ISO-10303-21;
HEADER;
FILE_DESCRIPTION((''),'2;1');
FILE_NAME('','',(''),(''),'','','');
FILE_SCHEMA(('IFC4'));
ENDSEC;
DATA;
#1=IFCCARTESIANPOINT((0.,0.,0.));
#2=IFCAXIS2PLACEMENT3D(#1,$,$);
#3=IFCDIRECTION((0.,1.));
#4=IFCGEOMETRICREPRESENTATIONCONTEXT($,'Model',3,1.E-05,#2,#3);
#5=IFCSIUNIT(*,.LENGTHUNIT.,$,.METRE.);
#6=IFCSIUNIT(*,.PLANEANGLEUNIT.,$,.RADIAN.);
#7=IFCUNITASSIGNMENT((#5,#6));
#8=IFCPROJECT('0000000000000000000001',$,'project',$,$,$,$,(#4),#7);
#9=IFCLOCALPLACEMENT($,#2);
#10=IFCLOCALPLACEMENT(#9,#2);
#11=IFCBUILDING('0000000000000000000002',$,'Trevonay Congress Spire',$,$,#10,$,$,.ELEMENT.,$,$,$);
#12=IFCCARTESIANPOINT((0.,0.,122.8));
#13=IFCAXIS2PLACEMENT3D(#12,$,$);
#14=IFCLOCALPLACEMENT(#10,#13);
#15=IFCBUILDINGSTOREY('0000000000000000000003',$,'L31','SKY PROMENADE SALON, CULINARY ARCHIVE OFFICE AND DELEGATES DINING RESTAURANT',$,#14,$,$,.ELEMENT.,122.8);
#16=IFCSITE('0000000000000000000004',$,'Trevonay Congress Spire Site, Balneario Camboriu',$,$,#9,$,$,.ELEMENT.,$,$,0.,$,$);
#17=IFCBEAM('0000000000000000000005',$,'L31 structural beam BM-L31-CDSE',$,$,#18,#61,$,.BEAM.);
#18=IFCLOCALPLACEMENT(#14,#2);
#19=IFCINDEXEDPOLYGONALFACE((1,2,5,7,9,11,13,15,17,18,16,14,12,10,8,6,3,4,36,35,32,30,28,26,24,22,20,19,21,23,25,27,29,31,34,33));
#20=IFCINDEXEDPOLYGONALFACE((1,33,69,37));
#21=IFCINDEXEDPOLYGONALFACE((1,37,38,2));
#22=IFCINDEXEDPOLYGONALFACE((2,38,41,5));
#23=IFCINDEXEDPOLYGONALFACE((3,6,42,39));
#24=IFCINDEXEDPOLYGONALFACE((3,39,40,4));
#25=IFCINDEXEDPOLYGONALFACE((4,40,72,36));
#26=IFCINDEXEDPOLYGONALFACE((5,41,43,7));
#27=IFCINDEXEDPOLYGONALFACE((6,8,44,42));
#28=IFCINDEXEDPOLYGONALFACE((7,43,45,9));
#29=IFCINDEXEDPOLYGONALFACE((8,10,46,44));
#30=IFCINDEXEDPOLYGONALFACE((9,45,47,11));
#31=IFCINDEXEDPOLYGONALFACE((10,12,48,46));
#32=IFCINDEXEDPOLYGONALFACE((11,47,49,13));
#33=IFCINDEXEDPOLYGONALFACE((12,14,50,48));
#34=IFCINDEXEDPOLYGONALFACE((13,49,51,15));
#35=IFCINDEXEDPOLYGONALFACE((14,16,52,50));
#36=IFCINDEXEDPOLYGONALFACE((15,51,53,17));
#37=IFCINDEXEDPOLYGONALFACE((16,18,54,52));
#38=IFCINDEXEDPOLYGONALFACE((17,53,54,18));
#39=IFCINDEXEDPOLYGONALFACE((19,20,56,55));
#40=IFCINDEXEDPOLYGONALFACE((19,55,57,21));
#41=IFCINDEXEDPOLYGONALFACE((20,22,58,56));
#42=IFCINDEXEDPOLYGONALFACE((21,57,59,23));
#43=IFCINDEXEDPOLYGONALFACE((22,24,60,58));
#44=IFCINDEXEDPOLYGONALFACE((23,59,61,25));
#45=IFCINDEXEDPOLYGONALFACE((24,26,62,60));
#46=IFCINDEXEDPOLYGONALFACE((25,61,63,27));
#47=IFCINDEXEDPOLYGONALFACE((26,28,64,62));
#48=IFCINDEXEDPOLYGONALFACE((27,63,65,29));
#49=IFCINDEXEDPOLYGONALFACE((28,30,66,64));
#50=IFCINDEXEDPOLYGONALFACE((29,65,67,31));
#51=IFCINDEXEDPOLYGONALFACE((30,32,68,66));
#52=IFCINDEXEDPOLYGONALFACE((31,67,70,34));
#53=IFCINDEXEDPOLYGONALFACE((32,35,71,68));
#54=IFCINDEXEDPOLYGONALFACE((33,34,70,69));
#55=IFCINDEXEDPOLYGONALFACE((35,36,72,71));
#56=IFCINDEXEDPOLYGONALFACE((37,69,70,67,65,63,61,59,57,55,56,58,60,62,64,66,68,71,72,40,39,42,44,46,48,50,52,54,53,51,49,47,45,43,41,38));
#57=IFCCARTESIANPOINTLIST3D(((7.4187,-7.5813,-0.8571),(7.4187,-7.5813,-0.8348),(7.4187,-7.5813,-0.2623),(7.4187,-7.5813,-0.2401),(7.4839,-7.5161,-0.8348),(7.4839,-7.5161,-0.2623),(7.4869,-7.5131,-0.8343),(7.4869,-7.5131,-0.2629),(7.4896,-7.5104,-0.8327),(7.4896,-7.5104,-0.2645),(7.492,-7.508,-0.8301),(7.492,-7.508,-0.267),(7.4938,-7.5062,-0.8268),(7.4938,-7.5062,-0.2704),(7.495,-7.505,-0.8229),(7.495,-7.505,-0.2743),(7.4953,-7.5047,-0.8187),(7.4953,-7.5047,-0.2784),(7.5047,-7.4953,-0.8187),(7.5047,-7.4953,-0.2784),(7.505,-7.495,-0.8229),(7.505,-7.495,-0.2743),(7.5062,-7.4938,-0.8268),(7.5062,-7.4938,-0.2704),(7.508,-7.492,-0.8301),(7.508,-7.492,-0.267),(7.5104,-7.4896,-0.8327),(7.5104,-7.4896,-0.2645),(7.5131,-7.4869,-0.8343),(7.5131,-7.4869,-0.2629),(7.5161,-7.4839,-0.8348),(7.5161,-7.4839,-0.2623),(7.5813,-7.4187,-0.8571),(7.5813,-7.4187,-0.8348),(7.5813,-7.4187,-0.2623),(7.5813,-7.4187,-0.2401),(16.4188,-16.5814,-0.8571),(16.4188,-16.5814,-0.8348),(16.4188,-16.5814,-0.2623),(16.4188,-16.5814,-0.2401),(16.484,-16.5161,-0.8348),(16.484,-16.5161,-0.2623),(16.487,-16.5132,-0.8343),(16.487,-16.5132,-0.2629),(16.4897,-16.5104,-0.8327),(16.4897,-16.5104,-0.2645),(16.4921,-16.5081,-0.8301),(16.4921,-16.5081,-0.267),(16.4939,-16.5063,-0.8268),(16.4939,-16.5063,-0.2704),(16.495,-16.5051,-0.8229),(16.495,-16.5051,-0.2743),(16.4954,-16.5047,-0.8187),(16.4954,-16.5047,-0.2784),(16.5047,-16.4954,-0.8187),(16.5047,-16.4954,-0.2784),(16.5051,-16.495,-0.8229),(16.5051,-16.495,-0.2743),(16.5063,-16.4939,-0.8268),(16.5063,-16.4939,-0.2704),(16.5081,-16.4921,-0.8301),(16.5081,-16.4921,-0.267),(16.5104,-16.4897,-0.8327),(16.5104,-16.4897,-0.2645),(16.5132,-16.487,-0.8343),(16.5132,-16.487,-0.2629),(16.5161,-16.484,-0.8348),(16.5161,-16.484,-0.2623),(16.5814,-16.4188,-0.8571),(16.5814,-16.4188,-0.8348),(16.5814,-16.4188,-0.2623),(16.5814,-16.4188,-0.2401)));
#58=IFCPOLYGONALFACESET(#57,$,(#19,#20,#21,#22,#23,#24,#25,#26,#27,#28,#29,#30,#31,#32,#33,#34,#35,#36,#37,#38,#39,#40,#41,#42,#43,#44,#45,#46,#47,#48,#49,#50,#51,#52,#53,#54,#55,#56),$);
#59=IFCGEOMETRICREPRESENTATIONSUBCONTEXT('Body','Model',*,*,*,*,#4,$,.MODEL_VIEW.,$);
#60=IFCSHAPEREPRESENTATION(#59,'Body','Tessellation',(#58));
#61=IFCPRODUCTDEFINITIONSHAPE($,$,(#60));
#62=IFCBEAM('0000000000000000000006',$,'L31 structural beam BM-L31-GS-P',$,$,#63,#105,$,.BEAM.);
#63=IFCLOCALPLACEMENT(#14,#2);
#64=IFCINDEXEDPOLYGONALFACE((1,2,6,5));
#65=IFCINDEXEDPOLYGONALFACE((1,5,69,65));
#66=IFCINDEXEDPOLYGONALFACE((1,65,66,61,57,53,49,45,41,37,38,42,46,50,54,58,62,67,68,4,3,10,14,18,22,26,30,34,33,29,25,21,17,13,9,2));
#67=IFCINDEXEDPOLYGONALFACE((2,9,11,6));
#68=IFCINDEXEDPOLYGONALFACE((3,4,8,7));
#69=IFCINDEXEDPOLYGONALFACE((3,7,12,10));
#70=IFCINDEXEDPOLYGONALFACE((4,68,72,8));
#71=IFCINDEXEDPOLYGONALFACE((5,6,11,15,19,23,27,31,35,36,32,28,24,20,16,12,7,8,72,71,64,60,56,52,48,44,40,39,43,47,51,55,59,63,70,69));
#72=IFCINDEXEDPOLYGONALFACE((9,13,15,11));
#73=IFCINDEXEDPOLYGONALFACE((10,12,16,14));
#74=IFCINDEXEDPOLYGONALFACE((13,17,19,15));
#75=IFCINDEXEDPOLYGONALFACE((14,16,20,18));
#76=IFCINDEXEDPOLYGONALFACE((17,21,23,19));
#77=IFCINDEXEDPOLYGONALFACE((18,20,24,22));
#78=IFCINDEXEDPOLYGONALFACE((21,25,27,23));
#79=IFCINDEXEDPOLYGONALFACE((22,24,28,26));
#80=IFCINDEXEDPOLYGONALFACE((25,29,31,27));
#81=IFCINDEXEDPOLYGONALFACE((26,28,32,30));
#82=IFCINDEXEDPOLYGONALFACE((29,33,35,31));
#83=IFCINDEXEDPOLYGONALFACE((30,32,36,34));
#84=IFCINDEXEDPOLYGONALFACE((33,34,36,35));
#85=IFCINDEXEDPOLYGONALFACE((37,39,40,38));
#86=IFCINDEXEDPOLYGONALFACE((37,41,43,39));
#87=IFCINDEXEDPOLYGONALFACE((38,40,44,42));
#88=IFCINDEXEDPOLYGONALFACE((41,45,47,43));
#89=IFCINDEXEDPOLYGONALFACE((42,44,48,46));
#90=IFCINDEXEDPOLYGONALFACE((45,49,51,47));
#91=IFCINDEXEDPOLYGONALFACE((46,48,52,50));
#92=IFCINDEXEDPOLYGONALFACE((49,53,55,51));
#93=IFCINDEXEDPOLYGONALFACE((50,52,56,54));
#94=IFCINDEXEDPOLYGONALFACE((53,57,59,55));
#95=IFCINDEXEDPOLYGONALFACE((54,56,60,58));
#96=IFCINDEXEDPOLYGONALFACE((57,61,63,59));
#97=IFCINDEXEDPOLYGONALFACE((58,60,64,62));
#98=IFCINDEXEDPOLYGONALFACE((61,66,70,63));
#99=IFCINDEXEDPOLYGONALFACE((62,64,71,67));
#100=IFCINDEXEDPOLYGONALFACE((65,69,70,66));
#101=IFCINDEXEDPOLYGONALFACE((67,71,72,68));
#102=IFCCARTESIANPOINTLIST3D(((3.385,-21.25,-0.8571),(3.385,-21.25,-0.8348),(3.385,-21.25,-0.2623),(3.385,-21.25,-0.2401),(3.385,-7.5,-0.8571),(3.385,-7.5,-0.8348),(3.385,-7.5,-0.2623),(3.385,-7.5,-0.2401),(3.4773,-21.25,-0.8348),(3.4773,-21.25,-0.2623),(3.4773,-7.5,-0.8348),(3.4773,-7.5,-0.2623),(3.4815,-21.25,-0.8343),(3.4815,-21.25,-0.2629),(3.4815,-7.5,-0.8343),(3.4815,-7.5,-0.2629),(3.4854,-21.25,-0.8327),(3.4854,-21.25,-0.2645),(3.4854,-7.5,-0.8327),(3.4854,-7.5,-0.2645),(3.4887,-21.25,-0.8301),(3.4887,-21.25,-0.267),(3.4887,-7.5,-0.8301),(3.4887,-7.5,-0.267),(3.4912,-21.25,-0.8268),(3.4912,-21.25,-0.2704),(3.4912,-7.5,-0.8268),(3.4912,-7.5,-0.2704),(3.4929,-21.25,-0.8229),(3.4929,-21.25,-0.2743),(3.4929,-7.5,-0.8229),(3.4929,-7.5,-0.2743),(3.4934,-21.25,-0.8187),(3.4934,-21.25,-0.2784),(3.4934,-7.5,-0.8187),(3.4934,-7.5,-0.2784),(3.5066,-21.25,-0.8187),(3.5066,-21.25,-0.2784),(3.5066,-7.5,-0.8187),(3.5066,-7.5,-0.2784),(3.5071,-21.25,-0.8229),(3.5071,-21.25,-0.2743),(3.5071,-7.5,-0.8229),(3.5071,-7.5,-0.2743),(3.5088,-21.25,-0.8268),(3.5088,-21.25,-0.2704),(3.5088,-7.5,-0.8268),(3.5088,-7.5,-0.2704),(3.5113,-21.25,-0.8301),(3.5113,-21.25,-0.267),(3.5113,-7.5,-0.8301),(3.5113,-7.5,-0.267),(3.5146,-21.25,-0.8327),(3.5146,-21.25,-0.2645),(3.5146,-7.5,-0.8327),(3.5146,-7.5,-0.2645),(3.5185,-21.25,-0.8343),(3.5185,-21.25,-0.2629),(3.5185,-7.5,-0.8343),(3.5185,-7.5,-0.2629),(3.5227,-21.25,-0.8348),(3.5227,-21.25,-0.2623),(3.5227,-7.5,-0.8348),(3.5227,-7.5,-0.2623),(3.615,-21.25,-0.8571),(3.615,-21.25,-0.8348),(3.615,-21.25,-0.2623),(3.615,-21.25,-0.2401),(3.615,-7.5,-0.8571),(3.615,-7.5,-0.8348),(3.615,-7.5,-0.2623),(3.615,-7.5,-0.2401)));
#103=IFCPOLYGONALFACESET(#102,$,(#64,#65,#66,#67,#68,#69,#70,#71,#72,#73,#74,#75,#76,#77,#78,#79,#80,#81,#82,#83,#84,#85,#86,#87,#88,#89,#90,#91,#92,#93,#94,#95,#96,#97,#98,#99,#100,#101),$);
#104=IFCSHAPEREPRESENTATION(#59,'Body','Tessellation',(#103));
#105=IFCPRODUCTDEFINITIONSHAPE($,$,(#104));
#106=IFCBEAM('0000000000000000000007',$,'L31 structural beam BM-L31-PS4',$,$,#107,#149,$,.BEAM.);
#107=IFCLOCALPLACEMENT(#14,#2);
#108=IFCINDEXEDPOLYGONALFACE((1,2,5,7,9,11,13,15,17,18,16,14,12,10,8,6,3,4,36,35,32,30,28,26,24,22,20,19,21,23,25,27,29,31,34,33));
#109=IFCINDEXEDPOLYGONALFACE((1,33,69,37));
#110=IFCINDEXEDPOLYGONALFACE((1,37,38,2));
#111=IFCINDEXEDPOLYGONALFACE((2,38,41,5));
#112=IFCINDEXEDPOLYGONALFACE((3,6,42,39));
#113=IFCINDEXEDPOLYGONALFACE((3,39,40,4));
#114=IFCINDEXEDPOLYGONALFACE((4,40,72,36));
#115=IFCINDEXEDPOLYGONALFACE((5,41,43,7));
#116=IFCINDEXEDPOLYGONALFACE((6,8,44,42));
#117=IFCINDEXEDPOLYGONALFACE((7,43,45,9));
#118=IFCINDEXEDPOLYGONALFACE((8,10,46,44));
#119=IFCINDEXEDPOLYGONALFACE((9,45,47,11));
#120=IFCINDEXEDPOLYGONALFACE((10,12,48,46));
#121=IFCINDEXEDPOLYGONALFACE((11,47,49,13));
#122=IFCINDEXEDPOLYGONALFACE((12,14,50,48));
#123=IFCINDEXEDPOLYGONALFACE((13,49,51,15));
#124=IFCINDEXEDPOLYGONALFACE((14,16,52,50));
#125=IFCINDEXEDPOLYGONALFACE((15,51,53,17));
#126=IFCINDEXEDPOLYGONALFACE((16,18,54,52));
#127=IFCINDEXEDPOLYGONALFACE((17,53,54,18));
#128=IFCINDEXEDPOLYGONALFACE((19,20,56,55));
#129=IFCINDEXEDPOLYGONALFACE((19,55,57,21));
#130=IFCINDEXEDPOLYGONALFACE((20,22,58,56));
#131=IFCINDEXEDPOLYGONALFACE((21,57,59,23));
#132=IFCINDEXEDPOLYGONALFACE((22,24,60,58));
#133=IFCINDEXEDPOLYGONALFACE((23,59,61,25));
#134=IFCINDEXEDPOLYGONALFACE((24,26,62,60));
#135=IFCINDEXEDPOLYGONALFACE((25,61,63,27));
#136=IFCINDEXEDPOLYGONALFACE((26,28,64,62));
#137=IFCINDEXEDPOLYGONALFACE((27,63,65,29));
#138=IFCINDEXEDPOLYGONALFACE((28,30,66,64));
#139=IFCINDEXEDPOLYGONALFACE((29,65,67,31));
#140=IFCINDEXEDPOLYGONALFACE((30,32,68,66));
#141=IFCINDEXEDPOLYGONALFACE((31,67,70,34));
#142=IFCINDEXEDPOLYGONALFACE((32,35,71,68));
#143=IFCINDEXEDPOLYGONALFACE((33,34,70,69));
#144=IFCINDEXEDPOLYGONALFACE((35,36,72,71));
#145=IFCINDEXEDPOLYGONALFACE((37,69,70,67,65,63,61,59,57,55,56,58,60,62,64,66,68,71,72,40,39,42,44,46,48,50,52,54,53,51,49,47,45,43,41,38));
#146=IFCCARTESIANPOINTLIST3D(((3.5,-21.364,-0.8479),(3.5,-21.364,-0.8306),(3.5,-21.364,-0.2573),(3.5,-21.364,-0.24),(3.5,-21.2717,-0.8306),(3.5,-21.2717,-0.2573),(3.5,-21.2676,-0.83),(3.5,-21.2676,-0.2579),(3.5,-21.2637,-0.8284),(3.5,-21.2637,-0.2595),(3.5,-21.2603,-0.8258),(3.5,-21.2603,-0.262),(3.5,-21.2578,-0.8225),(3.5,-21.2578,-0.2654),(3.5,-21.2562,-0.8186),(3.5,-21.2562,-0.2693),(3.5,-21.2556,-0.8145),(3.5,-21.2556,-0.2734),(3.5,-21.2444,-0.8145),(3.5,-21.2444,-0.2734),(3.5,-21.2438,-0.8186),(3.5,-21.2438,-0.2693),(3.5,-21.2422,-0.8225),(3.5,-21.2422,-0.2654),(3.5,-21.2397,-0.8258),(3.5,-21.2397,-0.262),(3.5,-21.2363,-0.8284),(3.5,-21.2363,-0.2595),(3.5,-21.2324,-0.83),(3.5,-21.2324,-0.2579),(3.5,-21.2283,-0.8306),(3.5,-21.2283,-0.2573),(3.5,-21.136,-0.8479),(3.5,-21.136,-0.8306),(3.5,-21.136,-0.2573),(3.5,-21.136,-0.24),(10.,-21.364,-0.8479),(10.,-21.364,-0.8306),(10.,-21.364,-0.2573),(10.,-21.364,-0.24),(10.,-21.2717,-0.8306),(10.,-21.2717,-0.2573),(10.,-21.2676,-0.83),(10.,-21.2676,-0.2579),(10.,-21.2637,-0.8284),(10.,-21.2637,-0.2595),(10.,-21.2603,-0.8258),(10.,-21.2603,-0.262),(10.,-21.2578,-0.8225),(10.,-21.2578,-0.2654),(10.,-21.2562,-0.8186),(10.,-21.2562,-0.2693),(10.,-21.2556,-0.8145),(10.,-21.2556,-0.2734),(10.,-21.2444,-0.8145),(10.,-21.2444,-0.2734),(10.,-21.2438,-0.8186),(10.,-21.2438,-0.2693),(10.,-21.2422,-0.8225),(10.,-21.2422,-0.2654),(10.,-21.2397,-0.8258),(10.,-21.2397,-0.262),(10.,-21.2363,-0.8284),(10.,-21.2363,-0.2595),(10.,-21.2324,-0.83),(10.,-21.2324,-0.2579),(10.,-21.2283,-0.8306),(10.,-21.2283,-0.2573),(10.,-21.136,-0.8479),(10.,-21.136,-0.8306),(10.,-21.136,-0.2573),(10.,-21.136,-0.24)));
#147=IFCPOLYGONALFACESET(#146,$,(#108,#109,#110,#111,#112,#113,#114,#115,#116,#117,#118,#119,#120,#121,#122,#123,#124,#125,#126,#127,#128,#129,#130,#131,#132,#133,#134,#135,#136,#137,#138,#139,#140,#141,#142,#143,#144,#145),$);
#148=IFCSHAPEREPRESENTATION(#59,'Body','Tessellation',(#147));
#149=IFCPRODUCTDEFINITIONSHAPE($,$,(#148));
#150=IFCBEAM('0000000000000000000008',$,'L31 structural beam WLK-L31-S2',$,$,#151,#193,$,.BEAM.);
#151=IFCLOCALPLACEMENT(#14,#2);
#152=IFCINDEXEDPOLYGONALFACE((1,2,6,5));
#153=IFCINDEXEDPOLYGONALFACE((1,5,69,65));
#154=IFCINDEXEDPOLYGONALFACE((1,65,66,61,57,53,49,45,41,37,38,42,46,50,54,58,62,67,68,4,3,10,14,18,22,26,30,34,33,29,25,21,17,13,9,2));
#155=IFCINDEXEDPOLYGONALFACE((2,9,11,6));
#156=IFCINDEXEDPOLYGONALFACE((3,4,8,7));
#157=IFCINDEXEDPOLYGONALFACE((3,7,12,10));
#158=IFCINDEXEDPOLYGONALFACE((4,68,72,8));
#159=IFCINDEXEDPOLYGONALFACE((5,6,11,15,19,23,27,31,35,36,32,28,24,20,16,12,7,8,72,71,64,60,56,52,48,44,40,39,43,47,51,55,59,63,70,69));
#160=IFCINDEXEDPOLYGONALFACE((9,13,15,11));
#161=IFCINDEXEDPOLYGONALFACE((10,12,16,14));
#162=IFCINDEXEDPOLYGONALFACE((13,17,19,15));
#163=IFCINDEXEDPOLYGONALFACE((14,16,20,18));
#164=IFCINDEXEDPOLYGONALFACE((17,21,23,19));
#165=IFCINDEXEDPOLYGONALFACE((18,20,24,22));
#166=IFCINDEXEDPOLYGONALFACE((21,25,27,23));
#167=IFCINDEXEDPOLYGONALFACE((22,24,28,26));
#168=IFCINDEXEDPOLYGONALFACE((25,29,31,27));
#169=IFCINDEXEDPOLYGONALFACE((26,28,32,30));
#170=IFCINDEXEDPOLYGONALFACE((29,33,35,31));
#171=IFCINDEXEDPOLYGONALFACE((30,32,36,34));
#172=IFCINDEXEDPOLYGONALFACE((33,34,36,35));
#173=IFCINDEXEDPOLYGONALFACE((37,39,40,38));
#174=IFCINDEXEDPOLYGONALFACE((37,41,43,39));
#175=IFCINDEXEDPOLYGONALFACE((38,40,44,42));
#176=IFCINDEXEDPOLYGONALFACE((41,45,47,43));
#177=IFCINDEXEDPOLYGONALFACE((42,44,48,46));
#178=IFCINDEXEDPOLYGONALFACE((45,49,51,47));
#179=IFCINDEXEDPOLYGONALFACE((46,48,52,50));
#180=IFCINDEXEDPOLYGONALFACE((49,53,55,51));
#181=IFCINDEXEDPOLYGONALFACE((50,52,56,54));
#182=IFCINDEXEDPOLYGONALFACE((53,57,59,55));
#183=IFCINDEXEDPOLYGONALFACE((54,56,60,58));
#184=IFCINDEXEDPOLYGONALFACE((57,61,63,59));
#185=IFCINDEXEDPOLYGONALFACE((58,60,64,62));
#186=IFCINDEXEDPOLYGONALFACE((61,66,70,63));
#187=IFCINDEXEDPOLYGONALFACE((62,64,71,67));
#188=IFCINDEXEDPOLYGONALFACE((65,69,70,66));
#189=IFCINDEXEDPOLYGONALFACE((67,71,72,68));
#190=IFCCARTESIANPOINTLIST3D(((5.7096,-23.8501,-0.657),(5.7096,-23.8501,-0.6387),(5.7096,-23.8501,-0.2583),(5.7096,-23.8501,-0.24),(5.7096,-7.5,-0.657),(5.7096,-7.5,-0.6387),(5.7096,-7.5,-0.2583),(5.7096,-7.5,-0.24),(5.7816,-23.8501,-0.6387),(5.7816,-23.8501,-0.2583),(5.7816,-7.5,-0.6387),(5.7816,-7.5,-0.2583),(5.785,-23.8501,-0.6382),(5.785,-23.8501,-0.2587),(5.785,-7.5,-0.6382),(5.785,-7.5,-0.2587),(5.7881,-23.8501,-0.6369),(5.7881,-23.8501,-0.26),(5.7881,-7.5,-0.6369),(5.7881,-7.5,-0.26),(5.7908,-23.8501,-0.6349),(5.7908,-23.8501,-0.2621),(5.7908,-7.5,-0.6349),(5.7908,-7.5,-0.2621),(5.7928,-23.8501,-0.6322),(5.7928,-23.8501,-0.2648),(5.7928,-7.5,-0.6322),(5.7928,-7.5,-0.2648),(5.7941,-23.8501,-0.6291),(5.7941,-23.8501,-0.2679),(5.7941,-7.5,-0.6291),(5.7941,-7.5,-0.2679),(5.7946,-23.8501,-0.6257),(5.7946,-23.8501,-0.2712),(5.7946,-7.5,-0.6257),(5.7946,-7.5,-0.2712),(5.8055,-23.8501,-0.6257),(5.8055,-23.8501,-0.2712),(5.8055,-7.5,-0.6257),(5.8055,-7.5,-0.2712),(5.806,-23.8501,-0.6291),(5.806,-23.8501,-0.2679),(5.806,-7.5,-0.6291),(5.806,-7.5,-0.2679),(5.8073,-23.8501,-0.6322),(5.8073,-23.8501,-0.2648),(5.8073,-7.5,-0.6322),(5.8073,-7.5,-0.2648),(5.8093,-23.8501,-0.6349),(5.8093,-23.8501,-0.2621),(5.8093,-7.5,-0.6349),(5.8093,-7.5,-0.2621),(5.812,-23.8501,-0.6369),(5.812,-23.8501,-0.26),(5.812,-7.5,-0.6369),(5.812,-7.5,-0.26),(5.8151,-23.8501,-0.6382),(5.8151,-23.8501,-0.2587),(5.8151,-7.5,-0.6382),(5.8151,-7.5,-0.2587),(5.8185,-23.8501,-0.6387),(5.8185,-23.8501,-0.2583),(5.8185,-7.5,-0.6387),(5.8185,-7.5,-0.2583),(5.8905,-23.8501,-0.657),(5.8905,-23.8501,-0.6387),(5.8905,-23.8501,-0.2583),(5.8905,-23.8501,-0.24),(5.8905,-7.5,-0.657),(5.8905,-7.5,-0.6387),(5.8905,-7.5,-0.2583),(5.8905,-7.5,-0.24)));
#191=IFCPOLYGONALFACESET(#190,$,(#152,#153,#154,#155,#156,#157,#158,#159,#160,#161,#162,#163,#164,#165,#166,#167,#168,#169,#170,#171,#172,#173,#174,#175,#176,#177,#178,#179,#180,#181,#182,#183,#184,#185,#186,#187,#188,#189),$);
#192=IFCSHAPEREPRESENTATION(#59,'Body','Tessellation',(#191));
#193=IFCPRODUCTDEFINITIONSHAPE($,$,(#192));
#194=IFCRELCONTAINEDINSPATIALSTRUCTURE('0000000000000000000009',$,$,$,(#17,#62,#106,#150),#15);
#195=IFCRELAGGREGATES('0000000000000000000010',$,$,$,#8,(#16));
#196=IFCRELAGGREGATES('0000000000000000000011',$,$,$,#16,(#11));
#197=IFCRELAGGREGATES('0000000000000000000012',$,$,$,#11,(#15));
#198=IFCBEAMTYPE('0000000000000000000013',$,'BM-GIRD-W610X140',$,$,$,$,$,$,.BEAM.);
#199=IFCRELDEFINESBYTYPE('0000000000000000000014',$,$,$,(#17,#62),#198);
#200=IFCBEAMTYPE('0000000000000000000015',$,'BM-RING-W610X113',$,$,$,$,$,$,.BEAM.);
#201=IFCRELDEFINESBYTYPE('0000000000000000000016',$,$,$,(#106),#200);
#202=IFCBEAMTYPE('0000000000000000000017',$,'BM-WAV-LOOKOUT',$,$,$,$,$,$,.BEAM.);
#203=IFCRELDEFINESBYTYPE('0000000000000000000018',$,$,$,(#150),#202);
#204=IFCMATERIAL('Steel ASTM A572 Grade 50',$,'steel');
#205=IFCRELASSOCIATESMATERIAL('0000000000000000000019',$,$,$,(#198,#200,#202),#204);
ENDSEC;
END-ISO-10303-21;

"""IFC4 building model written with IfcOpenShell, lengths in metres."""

from ifc_helpers import new_model, si_unit, direction, frame, origin, origin_2d, place, context, subcontext, project, spatial, i_section, extrude, material, material_profile, profile_set, type_object, element, save


model = new_model("IFC4")

# Units and contexts
model_context = context("Model", 3, precision=1e-05, world=origin(), true_north=direction((0.0, 1.0)))
body_context = subcontext(model_context, "Body", "Model", "MODEL_VIEW")
ifc_project = project(units=[si_unit("LENGTHUNIT", "METRE"), si_unit("PLANEANGLEUNIT", "RADIAN")], contexts=[model_context])

# Site, building, storey
site_placement = place(None, origin())
site = spatial("IfcSite", under=ifc_project, at=site_placement, Name="Trevonay Congress Spire Site, Balneario Camboriu", CompositionType="ELEMENT", RefElevation=0.0)
building_placement = place(site_placement, origin())
building = spatial("IfcBuilding", under=site, at=building_placement, Name="Trevonay Congress Spire", CompositionType="ELEMENT")
storey_placement = place(building_placement, frame((0.0, 0.0, 122.8)))
storey = spatial("IfcBuildingStorey", under=building, at=storey_placement, Name="L31", Description="SKY PROMENADE SALON, CULINARY ARCHIVE OFFICE AND DELEGATES DINING RESTAURANT", CompositionType="ELEMENT", Elevation=122.8)

# Shared definitions
ifc_material_1 = material(Name="Steel ASTM A572 Grade 50", Category="steel")

# Beams
ifc_material_profile_1 = material_profile(ifc_material_1, i_section(OverallWidth=0.23, OverallDepth=0.6169, WebThickness=0.0132, FlangeThickness=0.0222, FilletRadius=0.0161, at=origin_2d()), Name="W610x140")
ifc_profile_set_1 = profile_set([ifc_material_profile_1], Name="Steel ASTM A572 Grade 50")
beam_type_1 = type_object("IfcBeamType", Name="BM-GIRD-W610X140", PredefinedType="BEAM", material=ifc_profile_set_1)
beam_1_placement = place(storey_placement, frame((7.5, -7.5, -0.5486), z_axis=(0.707107, -0.707107, 0.0), x_axis=(0.707107, 0.707107, 0.0)))
element("IfcBeam", 1, at=beam_1_placement, inside=storey, type_object=beam_type_1, Name="L31 structural beam BM-L31-CDSE", PredefinedType="BEAM", context=body_context, shape_type="SweptSolid", body=[
    extrude(i_section(OverallWidth=0.23, OverallDepth=0.6169, WebThickness=0.0132, FlangeThickness=0.0222, FilletRadius=0.0161, at=origin_2d()), origin(), (0.0, 0.0, 1.0), 12.728),
])
beam_2_placement = place(storey_placement, frame((3.5, -7.5, -0.5486), z_axis=(0.0, -1.0, 0.0), x_axis=(1.0, 0.0, 0.0)))
element("IfcBeam", 2, at=beam_2_placement, inside=storey, type_object=beam_type_1, Name="L31 structural beam BM-L31-GS-P", PredefinedType="BEAM", context=body_context, shape_type="SweptSolid", body=[
    extrude(i_section(OverallWidth=0.23, OverallDepth=0.6169, WebThickness=0.0132, FlangeThickness=0.0222, FilletRadius=0.0161, at=origin_2d()), origin(), (0.0, 0.0, 1.0), 13.75),
])
ifc_material_profile_2 = material_profile(ifc_material_1, i_section(OverallWidth=0.228, OverallDepth=0.6079, WebThickness=0.0112, FlangeThickness=0.0173, FilletRadius=0.0161, at=origin_2d()), Name="W610x113")
ifc_profile_set_2 = profile_set([ifc_material_profile_2], Name="Steel ASTM A572 Grade 50")
beam_type_2 = type_object("IfcBeamType", Name="BM-RING-W610X113", PredefinedType="BEAM", material=ifc_profile_set_2)
beam_3_placement = place(storey_placement, frame((3.5, -21.25, -0.5439), z_axis=(1.0, 0.0, 0.0), x_axis=(0.0, 1.0, 0.0)))
element("IfcBeam", 3, at=beam_3_placement, inside=storey, type_object=beam_type_2, Name="L31 structural beam BM-L31-PS4", PredefinedType="BEAM", context=body_context, shape_type="SweptSolid", body=[
    extrude(i_section(OverallWidth=0.228, OverallDepth=0.6079, WebThickness=0.0112, FlangeThickness=0.0173, FilletRadius=0.0161, at=origin_2d()), origin(), (0.0, 0.0, 1.0), 6.5),
])
ifc_material_profile_3 = material_profile(ifc_material_1, i_section(OverallWidth=0.1809, OverallDepth=0.417, WebThickness=0.011, FlangeThickness=0.0183, FilletRadius=0.0129, at=origin_2d()), Name="W410x85")
ifc_profile_set_3 = profile_set([ifc_material_profile_3], Name="Steel ASTM A572 Grade 50")
beam_type_3 = type_object("IfcBeamType", Name="BM-WAV-LOOKOUT", PredefinedType="BEAM", material=ifc_profile_set_3)
beam_4_placement = place(storey_placement, frame((5.8, -7.5, -0.4485), z_axis=(0.0, -1.0, 0.0), x_axis=(1.0, 0.0, 0.0)))
element("IfcBeam", 4, at=beam_4_placement, inside=storey, type_object=beam_type_3, Name="L31 structural beam WLK-L31-S2", PredefinedType="BEAM", context=body_context, shape_type="SweptSolid", body=[
    extrude(i_section(OverallWidth=0.1809, OverallDepth=0.417, WebThickness=0.011, FlangeThickness=0.0183, FilletRadius=0.0129, at=origin_2d()), origin(), (0.0, 0.0, 1.0), 16.3501),
])

save(model, "model.ifc")
